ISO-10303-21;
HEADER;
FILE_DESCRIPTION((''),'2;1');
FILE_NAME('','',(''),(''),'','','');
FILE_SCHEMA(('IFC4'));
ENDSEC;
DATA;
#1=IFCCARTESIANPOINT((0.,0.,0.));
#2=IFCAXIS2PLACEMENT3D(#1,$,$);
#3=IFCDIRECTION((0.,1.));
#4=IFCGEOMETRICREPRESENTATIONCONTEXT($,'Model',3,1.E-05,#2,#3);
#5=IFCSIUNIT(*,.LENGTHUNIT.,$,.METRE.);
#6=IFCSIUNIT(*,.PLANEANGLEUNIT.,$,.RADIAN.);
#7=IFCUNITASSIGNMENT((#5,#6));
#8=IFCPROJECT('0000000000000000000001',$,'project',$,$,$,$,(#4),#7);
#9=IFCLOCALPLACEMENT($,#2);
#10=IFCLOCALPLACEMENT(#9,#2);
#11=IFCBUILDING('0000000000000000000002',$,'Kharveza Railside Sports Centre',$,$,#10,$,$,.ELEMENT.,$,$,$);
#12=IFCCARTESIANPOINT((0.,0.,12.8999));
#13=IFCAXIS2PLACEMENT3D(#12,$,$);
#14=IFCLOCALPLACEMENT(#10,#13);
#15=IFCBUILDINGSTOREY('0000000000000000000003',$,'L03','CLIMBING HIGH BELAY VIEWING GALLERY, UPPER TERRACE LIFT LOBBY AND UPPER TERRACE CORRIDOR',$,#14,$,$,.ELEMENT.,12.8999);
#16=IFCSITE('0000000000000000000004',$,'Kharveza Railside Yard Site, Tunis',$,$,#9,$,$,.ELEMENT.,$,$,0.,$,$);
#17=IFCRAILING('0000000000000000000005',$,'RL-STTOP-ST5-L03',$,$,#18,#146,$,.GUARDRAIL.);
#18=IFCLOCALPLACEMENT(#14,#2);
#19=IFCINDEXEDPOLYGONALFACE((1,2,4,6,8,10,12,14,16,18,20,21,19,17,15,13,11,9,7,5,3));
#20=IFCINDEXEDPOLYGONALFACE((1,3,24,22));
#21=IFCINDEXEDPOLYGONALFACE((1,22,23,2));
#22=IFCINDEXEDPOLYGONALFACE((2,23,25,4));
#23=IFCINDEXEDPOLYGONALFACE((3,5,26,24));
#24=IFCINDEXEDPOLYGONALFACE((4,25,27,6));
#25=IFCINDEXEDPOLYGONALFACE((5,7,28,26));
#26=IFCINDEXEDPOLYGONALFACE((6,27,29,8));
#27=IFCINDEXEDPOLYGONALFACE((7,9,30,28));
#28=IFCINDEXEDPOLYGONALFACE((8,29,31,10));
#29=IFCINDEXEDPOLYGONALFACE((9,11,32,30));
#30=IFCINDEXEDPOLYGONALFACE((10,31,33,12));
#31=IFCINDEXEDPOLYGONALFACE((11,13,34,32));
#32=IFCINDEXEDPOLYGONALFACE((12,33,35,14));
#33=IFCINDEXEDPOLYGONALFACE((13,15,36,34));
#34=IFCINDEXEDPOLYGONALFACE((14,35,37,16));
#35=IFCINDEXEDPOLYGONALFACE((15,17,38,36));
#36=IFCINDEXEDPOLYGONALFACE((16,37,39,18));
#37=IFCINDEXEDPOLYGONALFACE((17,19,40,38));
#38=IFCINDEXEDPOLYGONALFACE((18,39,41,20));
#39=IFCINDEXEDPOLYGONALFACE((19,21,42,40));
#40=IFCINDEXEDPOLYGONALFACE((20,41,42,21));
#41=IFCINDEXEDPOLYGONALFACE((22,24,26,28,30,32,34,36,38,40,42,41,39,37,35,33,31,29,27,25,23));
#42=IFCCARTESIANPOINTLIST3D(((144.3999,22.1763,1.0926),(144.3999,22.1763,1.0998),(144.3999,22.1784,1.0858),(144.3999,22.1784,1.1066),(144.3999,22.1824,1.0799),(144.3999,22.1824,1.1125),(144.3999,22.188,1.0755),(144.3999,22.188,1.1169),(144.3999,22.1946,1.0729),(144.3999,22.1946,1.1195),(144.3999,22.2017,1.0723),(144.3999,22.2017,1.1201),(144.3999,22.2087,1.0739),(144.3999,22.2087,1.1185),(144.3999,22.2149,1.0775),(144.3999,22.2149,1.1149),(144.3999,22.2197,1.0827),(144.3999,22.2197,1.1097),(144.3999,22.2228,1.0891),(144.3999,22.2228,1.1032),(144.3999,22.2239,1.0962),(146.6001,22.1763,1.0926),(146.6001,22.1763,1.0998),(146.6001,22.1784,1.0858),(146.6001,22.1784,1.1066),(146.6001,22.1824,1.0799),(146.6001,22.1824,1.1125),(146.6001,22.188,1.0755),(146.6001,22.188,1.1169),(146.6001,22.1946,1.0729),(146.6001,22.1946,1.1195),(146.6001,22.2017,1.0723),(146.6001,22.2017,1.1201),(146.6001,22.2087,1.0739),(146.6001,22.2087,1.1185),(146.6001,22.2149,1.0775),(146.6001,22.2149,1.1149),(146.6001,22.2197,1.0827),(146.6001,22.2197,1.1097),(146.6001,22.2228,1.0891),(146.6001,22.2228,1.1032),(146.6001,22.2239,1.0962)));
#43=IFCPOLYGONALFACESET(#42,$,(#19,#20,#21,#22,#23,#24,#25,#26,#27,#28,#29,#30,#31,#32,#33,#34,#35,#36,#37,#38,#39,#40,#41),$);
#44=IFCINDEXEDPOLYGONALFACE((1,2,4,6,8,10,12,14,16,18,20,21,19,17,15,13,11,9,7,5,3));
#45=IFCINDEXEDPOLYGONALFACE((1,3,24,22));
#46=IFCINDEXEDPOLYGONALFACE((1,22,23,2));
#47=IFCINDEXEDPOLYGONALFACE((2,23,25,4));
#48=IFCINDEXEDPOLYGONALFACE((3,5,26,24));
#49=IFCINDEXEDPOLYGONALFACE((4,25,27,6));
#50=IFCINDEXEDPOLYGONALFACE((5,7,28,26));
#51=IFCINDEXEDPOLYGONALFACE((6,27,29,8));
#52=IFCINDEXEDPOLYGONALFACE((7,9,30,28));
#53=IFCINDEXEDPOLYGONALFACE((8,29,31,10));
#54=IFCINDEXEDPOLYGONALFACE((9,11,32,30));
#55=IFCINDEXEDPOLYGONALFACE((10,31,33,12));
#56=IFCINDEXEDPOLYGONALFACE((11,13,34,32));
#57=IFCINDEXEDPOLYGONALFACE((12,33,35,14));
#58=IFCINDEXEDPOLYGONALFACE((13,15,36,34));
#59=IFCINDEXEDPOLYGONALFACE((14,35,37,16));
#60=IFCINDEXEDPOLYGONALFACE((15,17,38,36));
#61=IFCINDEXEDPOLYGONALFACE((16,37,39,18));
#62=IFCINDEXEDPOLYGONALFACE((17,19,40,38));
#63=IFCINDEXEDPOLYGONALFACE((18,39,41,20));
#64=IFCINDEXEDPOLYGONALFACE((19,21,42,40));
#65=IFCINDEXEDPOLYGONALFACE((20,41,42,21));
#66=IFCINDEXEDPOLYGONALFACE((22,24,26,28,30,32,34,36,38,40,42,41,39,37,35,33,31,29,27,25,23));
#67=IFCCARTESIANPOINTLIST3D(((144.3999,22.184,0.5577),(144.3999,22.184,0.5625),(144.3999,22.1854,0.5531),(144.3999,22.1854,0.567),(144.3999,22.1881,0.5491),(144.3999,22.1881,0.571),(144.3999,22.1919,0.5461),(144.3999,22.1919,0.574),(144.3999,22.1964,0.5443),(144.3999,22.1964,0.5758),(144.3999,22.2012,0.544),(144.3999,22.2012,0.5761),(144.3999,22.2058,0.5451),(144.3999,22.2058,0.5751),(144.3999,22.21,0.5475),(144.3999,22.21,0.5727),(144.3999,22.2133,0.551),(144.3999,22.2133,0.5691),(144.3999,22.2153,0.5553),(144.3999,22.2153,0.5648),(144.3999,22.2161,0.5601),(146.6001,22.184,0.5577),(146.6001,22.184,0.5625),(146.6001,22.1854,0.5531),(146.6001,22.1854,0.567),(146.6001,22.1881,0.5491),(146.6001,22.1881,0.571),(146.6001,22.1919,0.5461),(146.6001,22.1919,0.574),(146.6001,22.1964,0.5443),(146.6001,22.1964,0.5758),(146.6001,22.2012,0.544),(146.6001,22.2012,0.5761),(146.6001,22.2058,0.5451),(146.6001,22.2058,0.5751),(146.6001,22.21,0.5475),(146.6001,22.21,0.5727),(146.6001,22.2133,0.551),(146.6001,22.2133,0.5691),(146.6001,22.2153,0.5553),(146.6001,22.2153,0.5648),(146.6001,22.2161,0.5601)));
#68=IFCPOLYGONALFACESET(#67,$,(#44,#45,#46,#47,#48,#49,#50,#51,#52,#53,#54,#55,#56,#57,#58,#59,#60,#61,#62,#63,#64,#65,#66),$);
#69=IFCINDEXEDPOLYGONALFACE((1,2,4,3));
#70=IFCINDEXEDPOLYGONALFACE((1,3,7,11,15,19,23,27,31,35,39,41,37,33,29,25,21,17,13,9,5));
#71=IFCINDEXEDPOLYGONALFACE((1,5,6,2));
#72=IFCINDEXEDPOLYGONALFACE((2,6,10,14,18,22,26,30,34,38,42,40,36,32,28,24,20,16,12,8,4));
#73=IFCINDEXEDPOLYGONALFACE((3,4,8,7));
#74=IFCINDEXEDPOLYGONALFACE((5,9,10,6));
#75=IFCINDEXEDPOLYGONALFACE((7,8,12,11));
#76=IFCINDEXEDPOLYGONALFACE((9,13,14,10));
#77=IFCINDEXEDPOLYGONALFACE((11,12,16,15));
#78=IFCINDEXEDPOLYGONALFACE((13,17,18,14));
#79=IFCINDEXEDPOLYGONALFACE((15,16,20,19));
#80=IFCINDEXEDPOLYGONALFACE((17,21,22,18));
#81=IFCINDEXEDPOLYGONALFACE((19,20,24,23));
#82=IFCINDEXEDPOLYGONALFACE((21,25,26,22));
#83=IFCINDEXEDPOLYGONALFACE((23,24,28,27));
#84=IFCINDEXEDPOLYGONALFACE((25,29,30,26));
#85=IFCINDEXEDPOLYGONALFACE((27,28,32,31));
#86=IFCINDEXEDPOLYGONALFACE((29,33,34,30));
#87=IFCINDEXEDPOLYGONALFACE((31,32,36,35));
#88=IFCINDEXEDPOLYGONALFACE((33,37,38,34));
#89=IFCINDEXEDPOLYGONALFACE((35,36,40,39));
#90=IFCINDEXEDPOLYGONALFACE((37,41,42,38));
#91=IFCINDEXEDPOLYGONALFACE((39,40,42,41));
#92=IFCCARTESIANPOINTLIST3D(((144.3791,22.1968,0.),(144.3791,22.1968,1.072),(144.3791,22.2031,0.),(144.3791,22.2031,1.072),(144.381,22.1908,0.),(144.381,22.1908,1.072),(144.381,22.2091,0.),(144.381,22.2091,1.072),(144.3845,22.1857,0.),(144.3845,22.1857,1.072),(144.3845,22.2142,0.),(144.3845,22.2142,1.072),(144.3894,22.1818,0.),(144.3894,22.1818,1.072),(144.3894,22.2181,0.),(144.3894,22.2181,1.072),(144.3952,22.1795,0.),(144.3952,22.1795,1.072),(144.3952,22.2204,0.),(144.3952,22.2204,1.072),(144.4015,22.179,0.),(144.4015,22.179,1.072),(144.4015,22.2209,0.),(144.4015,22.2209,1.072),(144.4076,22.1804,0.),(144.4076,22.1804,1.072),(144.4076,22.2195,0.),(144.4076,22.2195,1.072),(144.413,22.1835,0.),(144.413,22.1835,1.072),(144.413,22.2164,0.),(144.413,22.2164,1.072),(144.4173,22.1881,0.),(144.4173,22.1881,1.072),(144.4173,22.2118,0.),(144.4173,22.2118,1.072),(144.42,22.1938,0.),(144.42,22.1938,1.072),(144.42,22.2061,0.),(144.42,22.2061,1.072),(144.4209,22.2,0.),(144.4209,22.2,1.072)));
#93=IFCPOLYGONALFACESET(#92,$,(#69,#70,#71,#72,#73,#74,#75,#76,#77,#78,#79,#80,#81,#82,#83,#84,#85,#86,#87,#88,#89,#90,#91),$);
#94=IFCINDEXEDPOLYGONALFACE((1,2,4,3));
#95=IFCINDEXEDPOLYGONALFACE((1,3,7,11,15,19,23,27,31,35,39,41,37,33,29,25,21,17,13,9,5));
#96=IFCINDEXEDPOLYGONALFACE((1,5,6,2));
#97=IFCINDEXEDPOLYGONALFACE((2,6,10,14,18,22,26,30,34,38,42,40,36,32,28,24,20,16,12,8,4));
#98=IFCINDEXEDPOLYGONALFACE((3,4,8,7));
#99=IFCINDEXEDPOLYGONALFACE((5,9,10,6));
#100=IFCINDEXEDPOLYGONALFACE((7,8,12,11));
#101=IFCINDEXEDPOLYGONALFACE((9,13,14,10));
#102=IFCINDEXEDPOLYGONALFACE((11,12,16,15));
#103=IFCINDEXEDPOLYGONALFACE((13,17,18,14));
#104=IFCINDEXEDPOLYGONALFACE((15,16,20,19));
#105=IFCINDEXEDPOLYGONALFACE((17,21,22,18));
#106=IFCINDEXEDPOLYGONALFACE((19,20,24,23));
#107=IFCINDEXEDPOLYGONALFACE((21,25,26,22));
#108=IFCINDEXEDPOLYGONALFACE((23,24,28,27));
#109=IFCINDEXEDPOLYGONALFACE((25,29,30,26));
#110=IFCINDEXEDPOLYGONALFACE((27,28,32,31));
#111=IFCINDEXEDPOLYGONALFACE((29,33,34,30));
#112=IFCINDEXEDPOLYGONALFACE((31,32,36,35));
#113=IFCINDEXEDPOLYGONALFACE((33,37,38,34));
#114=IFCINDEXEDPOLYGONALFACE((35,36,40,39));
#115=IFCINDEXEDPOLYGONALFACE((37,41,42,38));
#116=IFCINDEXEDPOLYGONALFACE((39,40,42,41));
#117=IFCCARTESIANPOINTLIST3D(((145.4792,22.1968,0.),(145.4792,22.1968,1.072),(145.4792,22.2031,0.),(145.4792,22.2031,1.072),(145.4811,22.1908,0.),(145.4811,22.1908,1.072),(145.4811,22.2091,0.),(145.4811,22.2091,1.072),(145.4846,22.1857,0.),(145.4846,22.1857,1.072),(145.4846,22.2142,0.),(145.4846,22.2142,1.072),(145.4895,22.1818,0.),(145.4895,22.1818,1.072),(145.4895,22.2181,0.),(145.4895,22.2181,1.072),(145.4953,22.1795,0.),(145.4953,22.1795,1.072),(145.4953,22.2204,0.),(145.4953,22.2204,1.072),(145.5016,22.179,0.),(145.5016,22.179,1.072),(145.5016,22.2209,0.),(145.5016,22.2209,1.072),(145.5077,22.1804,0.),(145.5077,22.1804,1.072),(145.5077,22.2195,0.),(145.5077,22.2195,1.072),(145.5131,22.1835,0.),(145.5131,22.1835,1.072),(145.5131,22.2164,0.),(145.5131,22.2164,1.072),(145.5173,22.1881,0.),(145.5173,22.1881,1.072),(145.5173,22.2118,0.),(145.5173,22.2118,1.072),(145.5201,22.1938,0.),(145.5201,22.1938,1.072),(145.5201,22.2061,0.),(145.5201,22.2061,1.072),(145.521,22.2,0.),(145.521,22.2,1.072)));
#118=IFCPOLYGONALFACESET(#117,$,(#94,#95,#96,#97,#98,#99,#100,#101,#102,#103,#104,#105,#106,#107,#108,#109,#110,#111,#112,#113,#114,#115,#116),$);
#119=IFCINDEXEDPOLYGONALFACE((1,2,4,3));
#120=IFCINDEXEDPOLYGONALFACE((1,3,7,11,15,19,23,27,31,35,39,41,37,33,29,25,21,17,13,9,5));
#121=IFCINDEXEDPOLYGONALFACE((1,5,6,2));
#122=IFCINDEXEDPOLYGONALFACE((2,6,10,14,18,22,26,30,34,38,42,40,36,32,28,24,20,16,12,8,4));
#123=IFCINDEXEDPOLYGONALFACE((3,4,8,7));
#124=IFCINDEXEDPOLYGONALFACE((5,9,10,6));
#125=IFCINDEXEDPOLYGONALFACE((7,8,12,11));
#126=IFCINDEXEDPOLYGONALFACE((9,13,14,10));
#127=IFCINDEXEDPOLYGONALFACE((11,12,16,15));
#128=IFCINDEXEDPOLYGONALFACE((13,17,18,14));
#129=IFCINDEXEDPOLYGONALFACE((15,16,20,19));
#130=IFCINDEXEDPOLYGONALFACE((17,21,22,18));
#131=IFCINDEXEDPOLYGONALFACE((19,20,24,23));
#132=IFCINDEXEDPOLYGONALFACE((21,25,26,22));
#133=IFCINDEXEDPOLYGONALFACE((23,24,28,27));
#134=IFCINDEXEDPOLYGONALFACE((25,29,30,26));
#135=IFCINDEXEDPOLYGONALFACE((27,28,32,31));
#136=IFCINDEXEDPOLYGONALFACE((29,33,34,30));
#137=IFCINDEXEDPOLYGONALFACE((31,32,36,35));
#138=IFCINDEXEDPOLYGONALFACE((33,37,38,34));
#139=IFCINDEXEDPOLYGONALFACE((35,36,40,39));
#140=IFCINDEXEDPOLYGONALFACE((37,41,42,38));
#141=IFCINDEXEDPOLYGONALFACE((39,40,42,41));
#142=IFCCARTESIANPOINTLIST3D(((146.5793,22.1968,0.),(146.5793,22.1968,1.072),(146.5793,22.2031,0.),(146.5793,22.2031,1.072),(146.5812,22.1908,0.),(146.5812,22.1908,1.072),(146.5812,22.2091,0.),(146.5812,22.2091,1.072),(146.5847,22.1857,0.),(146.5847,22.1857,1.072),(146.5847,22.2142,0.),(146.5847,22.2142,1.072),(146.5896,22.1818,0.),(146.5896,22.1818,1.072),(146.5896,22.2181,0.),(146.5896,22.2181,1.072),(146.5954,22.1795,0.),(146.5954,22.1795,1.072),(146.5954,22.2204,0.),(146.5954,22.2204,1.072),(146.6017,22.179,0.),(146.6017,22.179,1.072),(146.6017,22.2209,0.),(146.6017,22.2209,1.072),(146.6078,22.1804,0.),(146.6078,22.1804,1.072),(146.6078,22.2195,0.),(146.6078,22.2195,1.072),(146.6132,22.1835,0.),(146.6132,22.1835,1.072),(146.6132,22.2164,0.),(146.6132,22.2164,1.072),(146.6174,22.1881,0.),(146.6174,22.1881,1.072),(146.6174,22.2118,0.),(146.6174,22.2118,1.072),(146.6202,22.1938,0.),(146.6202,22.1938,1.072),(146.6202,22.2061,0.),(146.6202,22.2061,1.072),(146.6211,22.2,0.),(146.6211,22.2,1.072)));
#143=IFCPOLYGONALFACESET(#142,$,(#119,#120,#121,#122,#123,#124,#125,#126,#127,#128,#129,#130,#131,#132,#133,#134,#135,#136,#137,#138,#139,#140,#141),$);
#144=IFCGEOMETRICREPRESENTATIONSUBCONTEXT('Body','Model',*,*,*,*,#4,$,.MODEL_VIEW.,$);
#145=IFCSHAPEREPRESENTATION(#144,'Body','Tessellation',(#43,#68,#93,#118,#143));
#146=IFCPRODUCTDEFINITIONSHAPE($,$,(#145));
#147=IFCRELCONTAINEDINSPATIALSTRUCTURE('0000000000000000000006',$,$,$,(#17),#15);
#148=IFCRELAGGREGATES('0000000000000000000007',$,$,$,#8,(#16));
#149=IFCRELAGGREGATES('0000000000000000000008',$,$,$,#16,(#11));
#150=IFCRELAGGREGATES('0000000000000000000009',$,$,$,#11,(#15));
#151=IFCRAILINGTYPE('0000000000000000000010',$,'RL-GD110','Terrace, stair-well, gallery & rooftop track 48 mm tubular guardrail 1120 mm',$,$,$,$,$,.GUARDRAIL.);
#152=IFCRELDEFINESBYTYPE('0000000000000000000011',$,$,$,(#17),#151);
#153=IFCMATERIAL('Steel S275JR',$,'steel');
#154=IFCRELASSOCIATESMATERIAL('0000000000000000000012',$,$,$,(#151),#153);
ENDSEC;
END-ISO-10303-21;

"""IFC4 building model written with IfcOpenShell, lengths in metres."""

from ifc_helpers import new_model, si_unit, direction, frame, origin, origin_2d, place, context, subcontext, project, spatial, circle, extrude, material, type_object, element, save


model = new_model("IFC4")

# Units and contexts
model_context = context("Model", 3, precision=1e-05, world=origin(), true_north=direction((0.0, 1.0)))
body_context = subcontext(model_context, "Body", "Model", "MODEL_VIEW")
ifc_project = project(units=[si_unit("LENGTHUNIT", "METRE"), si_unit("PLANEANGLEUNIT", "RADIAN")], contexts=[model_context])

# Site, building, storey
site_placement = place(None, origin())
site = spatial("IfcSite", under=ifc_project, at=site_placement, Name="Kharveza Railside Yard Site, Tunis", CompositionType="ELEMENT", RefElevation=0.0)
building_placement = place(site_placement, origin())
building = spatial("IfcBuilding", under=site, at=building_placement, Name="Kharveza Railside Sports Centre", CompositionType="ELEMENT")
storey_placement = place(building_placement, frame((0.0, 0.0, 12.8999)))
storey = spatial("IfcBuildingStorey", under=building, at=storey_placement, Name="L03", Description="CLIMBING HIGH BELAY VIEWING GALLERY, UPPER TERRACE LIFT LOBBY AND UPPER TERRACE CORRIDOR", CompositionType="ELEMENT", Elevation=12.8999)

# Railing
ifc_material_1 = material(Name="Steel S275JR", Category="steel")
railing_type = type_object("IfcRailingType", Name="RL-GD110", Description="Terrace, stair-well, gallery & rooftop track 48 mm tubular guardrail 1120 mm", PredefinedType="GUARDRAIL", material=ifc_material_1)
railing_placement = place(storey_placement, frame((144.3999, 22.2, 0.0)))
element("IfcRailing", 1, at=railing_placement, inside=storey, type_object=railing_type, Name="RL-STTOP-ST5-L03", PredefinedType="GUARDRAIL", context=body_context, shape_type="SweptSolid", body=[
    extrude(circle(Radius=0.0239, at=origin_2d()), frame((0.0, 0.0, 1.0962), z_axis=(1.0, 0.0, 0.0), x_axis=(0.0, 1.0, 0.0)), (0.0, 0.0, 1.0), 2.2002),
    extrude(circle(Radius=0.0161, at=origin_2d()), frame((0.0, 0.0, 0.5601), z_axis=(1.0, 0.0, 0.0), x_axis=(0.0, 1.0, 0.0)), (0.0, 0.0, 1.0), 2.2002),
    extrude(circle(Radius=0.021, at=origin_2d()), origin(), (0.0, 0.0, 1.0), 1.072),
    extrude(circle(Radius=0.021, at=origin_2d()), frame((1.1001, 0.0, 0.0)), (0.0, 0.0, 1.0), 1.072),
    extrude(circle(Radius=0.021, at=origin_2d()), frame((2.2002, 0.0, 0.0)), (0.0, 0.0, 1.0), 1.072),
])

save(model, "model.ifc")
